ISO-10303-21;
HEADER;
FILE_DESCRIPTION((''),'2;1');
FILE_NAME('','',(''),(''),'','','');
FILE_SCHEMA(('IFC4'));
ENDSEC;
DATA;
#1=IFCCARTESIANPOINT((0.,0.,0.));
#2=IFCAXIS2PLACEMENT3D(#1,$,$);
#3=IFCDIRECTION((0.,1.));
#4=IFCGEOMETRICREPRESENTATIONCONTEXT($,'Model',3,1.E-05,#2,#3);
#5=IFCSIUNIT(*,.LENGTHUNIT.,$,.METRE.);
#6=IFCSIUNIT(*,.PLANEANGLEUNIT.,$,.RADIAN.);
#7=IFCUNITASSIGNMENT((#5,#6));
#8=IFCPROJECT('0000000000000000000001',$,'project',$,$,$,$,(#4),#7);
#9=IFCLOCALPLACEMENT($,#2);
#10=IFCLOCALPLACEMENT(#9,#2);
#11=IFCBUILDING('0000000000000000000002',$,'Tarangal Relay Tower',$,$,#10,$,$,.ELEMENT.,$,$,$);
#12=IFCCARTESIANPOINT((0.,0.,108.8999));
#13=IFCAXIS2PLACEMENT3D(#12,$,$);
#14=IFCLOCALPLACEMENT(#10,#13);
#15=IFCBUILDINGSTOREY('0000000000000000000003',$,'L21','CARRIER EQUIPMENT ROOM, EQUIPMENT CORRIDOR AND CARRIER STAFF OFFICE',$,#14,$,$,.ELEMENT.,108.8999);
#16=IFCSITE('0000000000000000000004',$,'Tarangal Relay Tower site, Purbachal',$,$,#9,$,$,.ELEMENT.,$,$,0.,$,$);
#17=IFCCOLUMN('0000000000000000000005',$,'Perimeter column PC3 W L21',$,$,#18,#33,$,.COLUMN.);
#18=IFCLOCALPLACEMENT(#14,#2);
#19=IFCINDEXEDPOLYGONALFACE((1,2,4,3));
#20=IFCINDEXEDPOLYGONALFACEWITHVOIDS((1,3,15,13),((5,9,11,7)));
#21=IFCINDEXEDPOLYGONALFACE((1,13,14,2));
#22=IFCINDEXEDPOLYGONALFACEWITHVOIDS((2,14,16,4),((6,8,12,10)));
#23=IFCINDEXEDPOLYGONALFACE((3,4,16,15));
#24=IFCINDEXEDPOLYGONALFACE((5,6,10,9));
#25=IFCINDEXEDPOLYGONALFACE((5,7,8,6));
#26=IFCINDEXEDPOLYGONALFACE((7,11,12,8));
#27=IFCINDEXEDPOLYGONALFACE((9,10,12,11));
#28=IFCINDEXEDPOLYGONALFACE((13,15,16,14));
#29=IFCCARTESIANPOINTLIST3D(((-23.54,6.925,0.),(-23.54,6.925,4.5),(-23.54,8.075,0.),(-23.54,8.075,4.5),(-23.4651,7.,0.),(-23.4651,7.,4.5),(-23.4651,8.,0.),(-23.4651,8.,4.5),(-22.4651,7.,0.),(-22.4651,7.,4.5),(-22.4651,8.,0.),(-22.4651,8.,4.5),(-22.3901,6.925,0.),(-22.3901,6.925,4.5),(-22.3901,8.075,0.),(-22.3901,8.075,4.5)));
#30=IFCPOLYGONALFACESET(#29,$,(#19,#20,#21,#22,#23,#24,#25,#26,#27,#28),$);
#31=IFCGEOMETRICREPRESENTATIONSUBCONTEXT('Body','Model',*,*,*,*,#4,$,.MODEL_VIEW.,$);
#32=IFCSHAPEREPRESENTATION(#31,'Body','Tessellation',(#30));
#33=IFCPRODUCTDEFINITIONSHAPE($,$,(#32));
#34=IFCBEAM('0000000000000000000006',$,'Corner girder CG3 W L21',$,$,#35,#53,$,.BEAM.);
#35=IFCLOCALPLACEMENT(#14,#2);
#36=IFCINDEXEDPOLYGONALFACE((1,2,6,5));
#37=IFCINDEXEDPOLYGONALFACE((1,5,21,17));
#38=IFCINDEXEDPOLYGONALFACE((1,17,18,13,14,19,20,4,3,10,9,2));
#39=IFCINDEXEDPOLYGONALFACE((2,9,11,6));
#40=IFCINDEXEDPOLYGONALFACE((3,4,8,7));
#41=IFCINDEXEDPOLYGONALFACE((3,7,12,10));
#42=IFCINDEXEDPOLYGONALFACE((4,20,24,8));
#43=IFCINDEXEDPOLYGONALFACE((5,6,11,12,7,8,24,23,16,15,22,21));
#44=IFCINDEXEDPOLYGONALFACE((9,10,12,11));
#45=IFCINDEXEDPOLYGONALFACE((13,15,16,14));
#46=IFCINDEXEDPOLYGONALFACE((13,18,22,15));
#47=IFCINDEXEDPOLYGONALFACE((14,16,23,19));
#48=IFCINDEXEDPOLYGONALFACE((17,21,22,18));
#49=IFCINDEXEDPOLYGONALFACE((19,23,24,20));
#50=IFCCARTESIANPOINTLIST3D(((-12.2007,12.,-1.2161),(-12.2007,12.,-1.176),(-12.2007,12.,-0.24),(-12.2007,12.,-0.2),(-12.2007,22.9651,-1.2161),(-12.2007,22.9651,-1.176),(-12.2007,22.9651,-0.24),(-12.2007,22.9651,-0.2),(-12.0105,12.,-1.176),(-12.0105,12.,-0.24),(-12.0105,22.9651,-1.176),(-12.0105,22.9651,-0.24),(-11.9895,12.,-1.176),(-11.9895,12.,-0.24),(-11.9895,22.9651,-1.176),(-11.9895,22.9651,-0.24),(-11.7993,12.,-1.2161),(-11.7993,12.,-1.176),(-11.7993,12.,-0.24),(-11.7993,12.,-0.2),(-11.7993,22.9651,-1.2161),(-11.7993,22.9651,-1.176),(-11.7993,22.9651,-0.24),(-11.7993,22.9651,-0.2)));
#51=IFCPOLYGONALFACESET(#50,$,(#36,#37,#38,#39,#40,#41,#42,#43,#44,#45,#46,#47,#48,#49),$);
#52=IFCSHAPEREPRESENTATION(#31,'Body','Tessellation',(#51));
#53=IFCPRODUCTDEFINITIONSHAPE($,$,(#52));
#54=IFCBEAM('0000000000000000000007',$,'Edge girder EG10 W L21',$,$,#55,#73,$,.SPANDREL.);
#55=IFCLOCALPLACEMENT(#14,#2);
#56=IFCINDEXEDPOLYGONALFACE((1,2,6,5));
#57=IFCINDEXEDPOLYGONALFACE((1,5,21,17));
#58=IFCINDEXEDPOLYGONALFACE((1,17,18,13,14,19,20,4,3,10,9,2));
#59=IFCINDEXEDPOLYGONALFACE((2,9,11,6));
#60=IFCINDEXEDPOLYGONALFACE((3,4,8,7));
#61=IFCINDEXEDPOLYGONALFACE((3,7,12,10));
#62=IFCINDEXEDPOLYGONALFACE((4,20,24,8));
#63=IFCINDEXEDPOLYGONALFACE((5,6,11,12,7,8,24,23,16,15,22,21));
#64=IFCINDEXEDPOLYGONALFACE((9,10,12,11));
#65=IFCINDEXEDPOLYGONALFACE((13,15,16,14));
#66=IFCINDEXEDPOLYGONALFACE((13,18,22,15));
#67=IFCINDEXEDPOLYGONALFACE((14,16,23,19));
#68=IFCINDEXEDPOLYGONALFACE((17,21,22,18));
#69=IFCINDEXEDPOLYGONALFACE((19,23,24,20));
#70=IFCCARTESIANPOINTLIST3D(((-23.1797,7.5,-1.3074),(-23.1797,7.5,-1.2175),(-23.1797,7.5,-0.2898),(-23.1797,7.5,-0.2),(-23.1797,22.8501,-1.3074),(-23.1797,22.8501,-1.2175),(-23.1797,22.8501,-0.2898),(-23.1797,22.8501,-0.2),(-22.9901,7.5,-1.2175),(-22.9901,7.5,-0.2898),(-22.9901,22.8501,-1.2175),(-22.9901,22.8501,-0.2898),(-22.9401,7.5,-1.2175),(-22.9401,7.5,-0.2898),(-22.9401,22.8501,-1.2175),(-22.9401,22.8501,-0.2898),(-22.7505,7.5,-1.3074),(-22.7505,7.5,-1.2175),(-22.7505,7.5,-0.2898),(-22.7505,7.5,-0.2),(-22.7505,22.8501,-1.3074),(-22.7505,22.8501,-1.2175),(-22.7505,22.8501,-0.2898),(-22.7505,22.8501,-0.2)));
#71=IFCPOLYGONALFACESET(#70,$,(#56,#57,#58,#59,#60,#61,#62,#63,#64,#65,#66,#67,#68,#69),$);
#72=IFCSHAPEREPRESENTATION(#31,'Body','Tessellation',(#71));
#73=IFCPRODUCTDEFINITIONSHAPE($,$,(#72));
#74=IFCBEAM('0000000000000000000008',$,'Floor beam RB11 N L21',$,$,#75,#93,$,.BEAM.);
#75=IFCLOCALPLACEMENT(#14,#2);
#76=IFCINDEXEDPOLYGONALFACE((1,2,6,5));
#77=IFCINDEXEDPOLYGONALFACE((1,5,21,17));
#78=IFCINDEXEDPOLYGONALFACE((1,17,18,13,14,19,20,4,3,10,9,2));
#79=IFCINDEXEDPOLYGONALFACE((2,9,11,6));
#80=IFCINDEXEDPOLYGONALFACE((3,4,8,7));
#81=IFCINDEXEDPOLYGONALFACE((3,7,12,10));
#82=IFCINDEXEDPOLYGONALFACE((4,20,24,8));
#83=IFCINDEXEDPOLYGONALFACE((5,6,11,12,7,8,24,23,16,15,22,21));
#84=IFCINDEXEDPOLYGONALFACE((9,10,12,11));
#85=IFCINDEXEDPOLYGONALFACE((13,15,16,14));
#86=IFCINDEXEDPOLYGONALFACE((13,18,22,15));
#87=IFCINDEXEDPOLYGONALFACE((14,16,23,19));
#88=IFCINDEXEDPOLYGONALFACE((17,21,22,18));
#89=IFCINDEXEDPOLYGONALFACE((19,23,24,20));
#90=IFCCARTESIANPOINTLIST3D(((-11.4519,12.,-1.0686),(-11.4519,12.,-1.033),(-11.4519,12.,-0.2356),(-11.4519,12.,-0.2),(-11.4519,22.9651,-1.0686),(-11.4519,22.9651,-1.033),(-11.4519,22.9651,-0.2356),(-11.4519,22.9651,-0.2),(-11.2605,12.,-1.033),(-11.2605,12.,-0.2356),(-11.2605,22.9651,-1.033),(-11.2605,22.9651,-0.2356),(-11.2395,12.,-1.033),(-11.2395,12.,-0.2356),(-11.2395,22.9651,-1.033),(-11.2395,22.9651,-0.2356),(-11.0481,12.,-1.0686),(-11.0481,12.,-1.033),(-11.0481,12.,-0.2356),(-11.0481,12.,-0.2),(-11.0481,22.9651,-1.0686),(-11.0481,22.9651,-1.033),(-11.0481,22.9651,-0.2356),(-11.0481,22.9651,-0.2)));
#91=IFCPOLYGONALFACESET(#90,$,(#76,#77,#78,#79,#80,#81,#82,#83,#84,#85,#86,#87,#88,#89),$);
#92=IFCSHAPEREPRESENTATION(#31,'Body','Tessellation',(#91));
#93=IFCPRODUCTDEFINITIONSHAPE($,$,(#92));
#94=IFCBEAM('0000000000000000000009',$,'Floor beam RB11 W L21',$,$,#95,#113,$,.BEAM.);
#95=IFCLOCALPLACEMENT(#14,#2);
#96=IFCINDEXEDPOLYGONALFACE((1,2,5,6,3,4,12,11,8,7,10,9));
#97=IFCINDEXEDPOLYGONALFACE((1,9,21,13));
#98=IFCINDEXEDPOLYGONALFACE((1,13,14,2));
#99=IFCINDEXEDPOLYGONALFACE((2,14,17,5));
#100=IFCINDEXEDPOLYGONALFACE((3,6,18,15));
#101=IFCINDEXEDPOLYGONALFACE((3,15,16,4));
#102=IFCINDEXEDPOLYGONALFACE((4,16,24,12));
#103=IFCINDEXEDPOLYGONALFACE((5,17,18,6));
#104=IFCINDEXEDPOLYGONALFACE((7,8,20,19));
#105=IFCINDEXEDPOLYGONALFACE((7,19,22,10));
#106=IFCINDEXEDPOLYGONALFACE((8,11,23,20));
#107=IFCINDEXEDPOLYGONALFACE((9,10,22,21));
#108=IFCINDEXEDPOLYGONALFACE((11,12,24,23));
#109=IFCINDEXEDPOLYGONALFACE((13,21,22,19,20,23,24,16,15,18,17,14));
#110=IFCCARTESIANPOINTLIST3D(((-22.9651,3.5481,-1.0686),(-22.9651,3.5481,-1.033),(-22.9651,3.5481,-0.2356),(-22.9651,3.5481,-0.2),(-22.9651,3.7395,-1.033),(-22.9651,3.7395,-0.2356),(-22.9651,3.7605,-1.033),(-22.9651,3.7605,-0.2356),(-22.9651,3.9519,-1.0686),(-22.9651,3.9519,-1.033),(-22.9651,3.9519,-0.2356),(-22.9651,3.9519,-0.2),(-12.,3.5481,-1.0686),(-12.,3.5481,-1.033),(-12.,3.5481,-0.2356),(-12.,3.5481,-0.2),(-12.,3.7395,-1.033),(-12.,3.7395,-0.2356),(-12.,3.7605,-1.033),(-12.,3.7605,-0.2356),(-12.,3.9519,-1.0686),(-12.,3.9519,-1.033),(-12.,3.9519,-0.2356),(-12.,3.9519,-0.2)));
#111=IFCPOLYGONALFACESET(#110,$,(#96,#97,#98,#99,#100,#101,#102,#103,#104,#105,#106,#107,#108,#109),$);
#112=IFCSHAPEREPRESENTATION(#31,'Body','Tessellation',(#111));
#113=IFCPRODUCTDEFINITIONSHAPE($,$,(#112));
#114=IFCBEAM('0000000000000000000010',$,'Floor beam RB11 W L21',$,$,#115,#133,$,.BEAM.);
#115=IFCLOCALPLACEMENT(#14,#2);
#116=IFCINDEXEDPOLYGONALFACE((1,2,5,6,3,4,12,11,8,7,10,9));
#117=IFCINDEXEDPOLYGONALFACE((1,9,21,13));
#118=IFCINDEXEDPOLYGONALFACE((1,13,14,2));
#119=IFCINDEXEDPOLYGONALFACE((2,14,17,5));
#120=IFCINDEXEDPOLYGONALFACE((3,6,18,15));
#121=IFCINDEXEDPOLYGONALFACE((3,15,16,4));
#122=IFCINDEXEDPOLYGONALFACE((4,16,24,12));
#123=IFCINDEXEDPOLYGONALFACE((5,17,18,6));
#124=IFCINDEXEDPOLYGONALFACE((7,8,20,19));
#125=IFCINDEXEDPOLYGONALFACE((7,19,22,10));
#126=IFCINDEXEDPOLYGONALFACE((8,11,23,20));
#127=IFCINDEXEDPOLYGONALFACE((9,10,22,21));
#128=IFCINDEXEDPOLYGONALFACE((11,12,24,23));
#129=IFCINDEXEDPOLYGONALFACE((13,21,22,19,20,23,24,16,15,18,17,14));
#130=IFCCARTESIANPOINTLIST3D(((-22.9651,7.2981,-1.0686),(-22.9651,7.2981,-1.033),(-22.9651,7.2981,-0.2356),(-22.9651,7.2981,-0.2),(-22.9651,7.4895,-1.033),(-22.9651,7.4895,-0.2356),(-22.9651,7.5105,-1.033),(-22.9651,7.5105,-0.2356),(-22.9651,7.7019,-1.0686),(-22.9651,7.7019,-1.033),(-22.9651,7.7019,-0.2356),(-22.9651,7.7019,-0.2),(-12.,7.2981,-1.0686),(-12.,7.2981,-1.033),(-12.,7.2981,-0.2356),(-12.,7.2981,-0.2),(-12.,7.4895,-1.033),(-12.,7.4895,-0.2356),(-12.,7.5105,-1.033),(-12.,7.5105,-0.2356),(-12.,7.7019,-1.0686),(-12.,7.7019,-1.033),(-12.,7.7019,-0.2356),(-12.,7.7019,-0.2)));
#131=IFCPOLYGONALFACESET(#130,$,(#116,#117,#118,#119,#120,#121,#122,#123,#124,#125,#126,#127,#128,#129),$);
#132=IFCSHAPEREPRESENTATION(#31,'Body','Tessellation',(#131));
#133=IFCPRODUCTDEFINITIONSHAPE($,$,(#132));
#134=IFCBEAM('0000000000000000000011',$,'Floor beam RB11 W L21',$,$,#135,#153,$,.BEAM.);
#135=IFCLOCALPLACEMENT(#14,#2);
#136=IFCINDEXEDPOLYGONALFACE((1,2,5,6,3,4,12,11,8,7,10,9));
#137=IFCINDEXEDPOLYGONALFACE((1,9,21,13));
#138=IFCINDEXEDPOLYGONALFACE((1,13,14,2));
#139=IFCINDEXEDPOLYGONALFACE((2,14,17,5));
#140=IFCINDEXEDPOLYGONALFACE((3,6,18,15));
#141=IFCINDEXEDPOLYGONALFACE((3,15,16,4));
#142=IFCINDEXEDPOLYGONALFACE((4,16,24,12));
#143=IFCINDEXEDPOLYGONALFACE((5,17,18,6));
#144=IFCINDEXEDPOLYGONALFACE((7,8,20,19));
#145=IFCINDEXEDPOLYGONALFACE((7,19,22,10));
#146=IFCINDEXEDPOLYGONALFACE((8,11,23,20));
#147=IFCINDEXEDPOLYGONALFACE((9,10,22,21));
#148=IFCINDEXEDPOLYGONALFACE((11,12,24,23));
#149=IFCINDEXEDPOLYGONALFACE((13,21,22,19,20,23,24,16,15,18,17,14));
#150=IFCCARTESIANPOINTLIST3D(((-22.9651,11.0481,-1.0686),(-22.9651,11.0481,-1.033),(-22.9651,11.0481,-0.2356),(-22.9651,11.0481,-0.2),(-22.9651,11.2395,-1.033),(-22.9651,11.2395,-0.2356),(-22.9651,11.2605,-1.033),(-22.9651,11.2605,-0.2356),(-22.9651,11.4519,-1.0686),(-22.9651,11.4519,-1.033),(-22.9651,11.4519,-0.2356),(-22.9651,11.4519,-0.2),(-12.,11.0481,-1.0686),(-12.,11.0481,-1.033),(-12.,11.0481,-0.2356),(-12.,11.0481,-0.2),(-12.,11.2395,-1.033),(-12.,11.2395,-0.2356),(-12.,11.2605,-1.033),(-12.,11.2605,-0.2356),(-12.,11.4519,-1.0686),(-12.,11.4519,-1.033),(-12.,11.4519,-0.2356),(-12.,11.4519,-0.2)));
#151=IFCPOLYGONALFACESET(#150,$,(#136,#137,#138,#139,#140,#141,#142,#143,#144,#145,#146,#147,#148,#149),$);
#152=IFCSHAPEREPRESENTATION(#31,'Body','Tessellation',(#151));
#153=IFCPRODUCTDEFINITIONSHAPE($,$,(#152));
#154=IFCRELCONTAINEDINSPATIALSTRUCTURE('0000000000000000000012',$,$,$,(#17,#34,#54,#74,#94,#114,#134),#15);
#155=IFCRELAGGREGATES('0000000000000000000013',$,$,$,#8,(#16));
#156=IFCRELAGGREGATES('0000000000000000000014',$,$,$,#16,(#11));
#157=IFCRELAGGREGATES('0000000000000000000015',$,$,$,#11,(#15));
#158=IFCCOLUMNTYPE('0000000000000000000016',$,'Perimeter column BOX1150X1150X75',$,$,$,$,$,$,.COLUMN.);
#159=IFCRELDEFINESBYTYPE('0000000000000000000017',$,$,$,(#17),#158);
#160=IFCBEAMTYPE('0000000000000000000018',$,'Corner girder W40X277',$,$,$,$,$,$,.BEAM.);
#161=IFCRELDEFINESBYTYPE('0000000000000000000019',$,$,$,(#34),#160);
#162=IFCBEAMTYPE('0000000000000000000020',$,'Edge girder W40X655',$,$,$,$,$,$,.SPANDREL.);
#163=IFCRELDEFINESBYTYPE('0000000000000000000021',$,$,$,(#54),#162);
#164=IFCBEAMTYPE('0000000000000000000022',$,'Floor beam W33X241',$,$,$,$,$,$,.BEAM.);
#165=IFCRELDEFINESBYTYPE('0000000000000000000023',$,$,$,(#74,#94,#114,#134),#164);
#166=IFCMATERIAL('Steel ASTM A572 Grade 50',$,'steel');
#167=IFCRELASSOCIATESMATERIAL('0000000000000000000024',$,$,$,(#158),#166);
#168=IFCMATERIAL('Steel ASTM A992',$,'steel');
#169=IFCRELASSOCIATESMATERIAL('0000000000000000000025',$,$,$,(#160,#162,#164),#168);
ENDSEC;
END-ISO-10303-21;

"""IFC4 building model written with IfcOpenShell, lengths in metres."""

from ifc_helpers import new_model, si_unit, direction, frame, origin, origin_2d, place, context, subcontext, project, spatial, hollow_rectangle, i_section, extrude, material, material_profile, profile_set, type_object, element, save


model = new_model("IFC4")

# Units and contexts
model_context = context("Model", 3, precision=1e-05, world=origin(), true_north=direction((0.0, 1.0)))
body_context = subcontext(model_context, "Body", "Model", "MODEL_VIEW")
ifc_project = project(units=[si_unit("LENGTHUNIT", "METRE"), si_unit("PLANEANGLEUNIT", "RADIAN")], contexts=[model_context])

# Site, building, storey
site_placement = place(None, origin())
site = spatial("IfcSite", under=ifc_project, at=site_placement, Name="Tarangal Relay Tower site, Purbachal", CompositionType="ELEMENT", RefElevation=0.0)
building_placement = place(site_placement, origin())
building = spatial("IfcBuilding", under=site, at=building_placement, Name="Tarangal Relay Tower", CompositionType="ELEMENT")
storey_placement = place(building_placement, frame((0.0, 0.0, 108.8999)))
storey = spatial("IfcBuildingStorey", under=building, at=storey_placement, Name="L21", Description="CARRIER EQUIPMENT ROOM, EQUIPMENT CORRIDOR AND CARRIER STAFF OFFICE", CompositionType="ELEMENT", Elevation=108.8999)

# Column
ifc_material_1 = material(Name="Steel ASTM A572 Grade 50", Category="steel")
ifc_material_profile_1 = material_profile(ifc_material_1, hollow_rectangle(XDim=1.1499, YDim=1.1499, WallThickness=0.075, at=origin_2d()), Name="BOX1150X1150X75")
ifc_profile_set_1 = profile_set([ifc_material_profile_1], Name="Steel ASTM A572 Grade 50")
column_type = type_object("IfcColumnType", Name="Perimeter column BOX1150X1150X75", PredefinedType="COLUMN", material=ifc_profile_set_1)
column_placement = place(storey_placement, frame((-22.9651, 7.5, 0.0), z_axis=(0.0, 0.0, 1.0), x_axis=(1.0, 0.0, 0.0)))
element("IfcColumn", 1, at=column_placement, inside=storey, type_object=column_type, Name="Perimeter column PC3 W L21", PredefinedType="COLUMN", context=body_context, shape_type="SweptSolid", body=[
    extrude(hollow_rectangle(XDim=1.1499, YDim=1.1499, WallThickness=0.075, at=origin_2d()), origin(), (0.0, 0.0, 1.0), 4.5),
])

# Beams
ifc_material_2 = material(Name="Steel ASTM A992", Category="steel")
ifc_material_profile_2 = material_profile(ifc_material_2, i_section(OverallWidth=0.4014, OverallDepth=1.0161, WebThickness=0.021, FlangeThickness=0.04, at=origin_2d()), Name="W40X277")
ifc_profile_set_2 = profile_set([ifc_material_profile_2], Name="Steel ASTM A992")
beam_type_1 = type_object("IfcBeamType", Name="Corner girder W40X277", PredefinedType="BEAM", material=ifc_profile_set_2)
beam_1_placement = place(storey_placement, frame((-12.0, 12.0, -0.708), z_axis=(0.0, 1.0, 0.0), x_axis=(-1.0, 0.0, 0.0)))
element("IfcBeam", 2, at=beam_1_placement, inside=storey, type_object=beam_type_1, Name="Corner girder CG3 W L21", PredefinedType="BEAM", context=body_context, shape_type="SweptSolid", body=[
    extrude(i_section(OverallWidth=0.4014, OverallDepth=1.0161, WebThickness=0.021, FlangeThickness=0.04, at=origin_2d()), origin(), (0.0, 0.0, 1.0), 10.9651),
])
ifc_material_profile_3 = material_profile(ifc_material_2, i_section(OverallWidth=0.4292, OverallDepth=1.1074, WebThickness=0.05, FlangeThickness=0.0898, at=origin_2d()), Name="W40X655")
ifc_profile_set_3 = profile_set([ifc_material_profile_3], Name="Steel ASTM A992")
beam_type_2 = type_object("IfcBeamType", Name="Edge girder W40X655", PredefinedType="SPANDREL", material=ifc_profile_set_3)
beam_2_placement = place(storey_placement, frame((-22.9651, 7.5, -0.7537), z_axis=(0.0, 1.0, 0.0), x_axis=(-1.0, 0.0, 0.0)))
element("IfcBeam", 3, at=beam_2_placement, inside=storey, type_object=beam_type_2, Name="Edge girder EG10 W L21", PredefinedType="SPANDREL", context=body_context, shape_type="SweptSolid", body=[
    extrude(i_section(OverallWidth=0.4292, OverallDepth=1.1074, WebThickness=0.05, FlangeThickness=0.0898, at=origin_2d()), origin(), (0.0, 0.0, 1.0), 15.3501),
])
ifc_material_profile_4 = material_profile(ifc_material_2, i_section(OverallWidth=0.4038, OverallDepth=0.8687, WebThickness=0.021, FlangeThickness=0.0356, at=origin_2d()), Name="W33X241")
ifc_profile_set_4 = profile_set([ifc_material_profile_4], Name="Steel ASTM A992")
beam_type_3 = type_object("IfcBeamType", Name="Floor beam W33X241", PredefinedType="BEAM", material=ifc_profile_set_4)
for number, where, z_axis, x_axis, name in (
    (4, (-11.25, 12.0, -0.6343), (0.0, 1.0, 0.0), (-1.0, 0.0, 0.0), "Floor beam RB11 N L21"),
    (5, (-12.0, 3.75, -0.6343), (-1.0, 0.0, 0.0), (0.0, -1.0, 0.0), "Floor beam RB11 W L21"),
    (6, (-12.0, 7.5, -0.6343), (-1.0, 0.0, 0.0), (0.0, -1.0, 0.0), "Floor beam RB11 W L21"),
    (7, (-12.0, 11.25, -0.6343), (-1.0, 0.0, 0.0), (0.0, -1.0, 0.0), "Floor beam RB11 W L21"),
):
    element("IfcBeam", number, at=place(storey_placement, frame(where, z_axis=z_axis, x_axis=x_axis)), inside=storey, type_object=beam_type_3, Name=name, PredefinedType="BEAM", context=body_context, shape_type="SweptSolid", body=[
        extrude(i_section(OverallWidth=0.4038, OverallDepth=0.8687, WebThickness=0.021, FlangeThickness=0.0356, at=origin_2d()), origin(), (0.0, 0.0, 1.0), 10.9651),
    ])

save(model, "model.ifc")
